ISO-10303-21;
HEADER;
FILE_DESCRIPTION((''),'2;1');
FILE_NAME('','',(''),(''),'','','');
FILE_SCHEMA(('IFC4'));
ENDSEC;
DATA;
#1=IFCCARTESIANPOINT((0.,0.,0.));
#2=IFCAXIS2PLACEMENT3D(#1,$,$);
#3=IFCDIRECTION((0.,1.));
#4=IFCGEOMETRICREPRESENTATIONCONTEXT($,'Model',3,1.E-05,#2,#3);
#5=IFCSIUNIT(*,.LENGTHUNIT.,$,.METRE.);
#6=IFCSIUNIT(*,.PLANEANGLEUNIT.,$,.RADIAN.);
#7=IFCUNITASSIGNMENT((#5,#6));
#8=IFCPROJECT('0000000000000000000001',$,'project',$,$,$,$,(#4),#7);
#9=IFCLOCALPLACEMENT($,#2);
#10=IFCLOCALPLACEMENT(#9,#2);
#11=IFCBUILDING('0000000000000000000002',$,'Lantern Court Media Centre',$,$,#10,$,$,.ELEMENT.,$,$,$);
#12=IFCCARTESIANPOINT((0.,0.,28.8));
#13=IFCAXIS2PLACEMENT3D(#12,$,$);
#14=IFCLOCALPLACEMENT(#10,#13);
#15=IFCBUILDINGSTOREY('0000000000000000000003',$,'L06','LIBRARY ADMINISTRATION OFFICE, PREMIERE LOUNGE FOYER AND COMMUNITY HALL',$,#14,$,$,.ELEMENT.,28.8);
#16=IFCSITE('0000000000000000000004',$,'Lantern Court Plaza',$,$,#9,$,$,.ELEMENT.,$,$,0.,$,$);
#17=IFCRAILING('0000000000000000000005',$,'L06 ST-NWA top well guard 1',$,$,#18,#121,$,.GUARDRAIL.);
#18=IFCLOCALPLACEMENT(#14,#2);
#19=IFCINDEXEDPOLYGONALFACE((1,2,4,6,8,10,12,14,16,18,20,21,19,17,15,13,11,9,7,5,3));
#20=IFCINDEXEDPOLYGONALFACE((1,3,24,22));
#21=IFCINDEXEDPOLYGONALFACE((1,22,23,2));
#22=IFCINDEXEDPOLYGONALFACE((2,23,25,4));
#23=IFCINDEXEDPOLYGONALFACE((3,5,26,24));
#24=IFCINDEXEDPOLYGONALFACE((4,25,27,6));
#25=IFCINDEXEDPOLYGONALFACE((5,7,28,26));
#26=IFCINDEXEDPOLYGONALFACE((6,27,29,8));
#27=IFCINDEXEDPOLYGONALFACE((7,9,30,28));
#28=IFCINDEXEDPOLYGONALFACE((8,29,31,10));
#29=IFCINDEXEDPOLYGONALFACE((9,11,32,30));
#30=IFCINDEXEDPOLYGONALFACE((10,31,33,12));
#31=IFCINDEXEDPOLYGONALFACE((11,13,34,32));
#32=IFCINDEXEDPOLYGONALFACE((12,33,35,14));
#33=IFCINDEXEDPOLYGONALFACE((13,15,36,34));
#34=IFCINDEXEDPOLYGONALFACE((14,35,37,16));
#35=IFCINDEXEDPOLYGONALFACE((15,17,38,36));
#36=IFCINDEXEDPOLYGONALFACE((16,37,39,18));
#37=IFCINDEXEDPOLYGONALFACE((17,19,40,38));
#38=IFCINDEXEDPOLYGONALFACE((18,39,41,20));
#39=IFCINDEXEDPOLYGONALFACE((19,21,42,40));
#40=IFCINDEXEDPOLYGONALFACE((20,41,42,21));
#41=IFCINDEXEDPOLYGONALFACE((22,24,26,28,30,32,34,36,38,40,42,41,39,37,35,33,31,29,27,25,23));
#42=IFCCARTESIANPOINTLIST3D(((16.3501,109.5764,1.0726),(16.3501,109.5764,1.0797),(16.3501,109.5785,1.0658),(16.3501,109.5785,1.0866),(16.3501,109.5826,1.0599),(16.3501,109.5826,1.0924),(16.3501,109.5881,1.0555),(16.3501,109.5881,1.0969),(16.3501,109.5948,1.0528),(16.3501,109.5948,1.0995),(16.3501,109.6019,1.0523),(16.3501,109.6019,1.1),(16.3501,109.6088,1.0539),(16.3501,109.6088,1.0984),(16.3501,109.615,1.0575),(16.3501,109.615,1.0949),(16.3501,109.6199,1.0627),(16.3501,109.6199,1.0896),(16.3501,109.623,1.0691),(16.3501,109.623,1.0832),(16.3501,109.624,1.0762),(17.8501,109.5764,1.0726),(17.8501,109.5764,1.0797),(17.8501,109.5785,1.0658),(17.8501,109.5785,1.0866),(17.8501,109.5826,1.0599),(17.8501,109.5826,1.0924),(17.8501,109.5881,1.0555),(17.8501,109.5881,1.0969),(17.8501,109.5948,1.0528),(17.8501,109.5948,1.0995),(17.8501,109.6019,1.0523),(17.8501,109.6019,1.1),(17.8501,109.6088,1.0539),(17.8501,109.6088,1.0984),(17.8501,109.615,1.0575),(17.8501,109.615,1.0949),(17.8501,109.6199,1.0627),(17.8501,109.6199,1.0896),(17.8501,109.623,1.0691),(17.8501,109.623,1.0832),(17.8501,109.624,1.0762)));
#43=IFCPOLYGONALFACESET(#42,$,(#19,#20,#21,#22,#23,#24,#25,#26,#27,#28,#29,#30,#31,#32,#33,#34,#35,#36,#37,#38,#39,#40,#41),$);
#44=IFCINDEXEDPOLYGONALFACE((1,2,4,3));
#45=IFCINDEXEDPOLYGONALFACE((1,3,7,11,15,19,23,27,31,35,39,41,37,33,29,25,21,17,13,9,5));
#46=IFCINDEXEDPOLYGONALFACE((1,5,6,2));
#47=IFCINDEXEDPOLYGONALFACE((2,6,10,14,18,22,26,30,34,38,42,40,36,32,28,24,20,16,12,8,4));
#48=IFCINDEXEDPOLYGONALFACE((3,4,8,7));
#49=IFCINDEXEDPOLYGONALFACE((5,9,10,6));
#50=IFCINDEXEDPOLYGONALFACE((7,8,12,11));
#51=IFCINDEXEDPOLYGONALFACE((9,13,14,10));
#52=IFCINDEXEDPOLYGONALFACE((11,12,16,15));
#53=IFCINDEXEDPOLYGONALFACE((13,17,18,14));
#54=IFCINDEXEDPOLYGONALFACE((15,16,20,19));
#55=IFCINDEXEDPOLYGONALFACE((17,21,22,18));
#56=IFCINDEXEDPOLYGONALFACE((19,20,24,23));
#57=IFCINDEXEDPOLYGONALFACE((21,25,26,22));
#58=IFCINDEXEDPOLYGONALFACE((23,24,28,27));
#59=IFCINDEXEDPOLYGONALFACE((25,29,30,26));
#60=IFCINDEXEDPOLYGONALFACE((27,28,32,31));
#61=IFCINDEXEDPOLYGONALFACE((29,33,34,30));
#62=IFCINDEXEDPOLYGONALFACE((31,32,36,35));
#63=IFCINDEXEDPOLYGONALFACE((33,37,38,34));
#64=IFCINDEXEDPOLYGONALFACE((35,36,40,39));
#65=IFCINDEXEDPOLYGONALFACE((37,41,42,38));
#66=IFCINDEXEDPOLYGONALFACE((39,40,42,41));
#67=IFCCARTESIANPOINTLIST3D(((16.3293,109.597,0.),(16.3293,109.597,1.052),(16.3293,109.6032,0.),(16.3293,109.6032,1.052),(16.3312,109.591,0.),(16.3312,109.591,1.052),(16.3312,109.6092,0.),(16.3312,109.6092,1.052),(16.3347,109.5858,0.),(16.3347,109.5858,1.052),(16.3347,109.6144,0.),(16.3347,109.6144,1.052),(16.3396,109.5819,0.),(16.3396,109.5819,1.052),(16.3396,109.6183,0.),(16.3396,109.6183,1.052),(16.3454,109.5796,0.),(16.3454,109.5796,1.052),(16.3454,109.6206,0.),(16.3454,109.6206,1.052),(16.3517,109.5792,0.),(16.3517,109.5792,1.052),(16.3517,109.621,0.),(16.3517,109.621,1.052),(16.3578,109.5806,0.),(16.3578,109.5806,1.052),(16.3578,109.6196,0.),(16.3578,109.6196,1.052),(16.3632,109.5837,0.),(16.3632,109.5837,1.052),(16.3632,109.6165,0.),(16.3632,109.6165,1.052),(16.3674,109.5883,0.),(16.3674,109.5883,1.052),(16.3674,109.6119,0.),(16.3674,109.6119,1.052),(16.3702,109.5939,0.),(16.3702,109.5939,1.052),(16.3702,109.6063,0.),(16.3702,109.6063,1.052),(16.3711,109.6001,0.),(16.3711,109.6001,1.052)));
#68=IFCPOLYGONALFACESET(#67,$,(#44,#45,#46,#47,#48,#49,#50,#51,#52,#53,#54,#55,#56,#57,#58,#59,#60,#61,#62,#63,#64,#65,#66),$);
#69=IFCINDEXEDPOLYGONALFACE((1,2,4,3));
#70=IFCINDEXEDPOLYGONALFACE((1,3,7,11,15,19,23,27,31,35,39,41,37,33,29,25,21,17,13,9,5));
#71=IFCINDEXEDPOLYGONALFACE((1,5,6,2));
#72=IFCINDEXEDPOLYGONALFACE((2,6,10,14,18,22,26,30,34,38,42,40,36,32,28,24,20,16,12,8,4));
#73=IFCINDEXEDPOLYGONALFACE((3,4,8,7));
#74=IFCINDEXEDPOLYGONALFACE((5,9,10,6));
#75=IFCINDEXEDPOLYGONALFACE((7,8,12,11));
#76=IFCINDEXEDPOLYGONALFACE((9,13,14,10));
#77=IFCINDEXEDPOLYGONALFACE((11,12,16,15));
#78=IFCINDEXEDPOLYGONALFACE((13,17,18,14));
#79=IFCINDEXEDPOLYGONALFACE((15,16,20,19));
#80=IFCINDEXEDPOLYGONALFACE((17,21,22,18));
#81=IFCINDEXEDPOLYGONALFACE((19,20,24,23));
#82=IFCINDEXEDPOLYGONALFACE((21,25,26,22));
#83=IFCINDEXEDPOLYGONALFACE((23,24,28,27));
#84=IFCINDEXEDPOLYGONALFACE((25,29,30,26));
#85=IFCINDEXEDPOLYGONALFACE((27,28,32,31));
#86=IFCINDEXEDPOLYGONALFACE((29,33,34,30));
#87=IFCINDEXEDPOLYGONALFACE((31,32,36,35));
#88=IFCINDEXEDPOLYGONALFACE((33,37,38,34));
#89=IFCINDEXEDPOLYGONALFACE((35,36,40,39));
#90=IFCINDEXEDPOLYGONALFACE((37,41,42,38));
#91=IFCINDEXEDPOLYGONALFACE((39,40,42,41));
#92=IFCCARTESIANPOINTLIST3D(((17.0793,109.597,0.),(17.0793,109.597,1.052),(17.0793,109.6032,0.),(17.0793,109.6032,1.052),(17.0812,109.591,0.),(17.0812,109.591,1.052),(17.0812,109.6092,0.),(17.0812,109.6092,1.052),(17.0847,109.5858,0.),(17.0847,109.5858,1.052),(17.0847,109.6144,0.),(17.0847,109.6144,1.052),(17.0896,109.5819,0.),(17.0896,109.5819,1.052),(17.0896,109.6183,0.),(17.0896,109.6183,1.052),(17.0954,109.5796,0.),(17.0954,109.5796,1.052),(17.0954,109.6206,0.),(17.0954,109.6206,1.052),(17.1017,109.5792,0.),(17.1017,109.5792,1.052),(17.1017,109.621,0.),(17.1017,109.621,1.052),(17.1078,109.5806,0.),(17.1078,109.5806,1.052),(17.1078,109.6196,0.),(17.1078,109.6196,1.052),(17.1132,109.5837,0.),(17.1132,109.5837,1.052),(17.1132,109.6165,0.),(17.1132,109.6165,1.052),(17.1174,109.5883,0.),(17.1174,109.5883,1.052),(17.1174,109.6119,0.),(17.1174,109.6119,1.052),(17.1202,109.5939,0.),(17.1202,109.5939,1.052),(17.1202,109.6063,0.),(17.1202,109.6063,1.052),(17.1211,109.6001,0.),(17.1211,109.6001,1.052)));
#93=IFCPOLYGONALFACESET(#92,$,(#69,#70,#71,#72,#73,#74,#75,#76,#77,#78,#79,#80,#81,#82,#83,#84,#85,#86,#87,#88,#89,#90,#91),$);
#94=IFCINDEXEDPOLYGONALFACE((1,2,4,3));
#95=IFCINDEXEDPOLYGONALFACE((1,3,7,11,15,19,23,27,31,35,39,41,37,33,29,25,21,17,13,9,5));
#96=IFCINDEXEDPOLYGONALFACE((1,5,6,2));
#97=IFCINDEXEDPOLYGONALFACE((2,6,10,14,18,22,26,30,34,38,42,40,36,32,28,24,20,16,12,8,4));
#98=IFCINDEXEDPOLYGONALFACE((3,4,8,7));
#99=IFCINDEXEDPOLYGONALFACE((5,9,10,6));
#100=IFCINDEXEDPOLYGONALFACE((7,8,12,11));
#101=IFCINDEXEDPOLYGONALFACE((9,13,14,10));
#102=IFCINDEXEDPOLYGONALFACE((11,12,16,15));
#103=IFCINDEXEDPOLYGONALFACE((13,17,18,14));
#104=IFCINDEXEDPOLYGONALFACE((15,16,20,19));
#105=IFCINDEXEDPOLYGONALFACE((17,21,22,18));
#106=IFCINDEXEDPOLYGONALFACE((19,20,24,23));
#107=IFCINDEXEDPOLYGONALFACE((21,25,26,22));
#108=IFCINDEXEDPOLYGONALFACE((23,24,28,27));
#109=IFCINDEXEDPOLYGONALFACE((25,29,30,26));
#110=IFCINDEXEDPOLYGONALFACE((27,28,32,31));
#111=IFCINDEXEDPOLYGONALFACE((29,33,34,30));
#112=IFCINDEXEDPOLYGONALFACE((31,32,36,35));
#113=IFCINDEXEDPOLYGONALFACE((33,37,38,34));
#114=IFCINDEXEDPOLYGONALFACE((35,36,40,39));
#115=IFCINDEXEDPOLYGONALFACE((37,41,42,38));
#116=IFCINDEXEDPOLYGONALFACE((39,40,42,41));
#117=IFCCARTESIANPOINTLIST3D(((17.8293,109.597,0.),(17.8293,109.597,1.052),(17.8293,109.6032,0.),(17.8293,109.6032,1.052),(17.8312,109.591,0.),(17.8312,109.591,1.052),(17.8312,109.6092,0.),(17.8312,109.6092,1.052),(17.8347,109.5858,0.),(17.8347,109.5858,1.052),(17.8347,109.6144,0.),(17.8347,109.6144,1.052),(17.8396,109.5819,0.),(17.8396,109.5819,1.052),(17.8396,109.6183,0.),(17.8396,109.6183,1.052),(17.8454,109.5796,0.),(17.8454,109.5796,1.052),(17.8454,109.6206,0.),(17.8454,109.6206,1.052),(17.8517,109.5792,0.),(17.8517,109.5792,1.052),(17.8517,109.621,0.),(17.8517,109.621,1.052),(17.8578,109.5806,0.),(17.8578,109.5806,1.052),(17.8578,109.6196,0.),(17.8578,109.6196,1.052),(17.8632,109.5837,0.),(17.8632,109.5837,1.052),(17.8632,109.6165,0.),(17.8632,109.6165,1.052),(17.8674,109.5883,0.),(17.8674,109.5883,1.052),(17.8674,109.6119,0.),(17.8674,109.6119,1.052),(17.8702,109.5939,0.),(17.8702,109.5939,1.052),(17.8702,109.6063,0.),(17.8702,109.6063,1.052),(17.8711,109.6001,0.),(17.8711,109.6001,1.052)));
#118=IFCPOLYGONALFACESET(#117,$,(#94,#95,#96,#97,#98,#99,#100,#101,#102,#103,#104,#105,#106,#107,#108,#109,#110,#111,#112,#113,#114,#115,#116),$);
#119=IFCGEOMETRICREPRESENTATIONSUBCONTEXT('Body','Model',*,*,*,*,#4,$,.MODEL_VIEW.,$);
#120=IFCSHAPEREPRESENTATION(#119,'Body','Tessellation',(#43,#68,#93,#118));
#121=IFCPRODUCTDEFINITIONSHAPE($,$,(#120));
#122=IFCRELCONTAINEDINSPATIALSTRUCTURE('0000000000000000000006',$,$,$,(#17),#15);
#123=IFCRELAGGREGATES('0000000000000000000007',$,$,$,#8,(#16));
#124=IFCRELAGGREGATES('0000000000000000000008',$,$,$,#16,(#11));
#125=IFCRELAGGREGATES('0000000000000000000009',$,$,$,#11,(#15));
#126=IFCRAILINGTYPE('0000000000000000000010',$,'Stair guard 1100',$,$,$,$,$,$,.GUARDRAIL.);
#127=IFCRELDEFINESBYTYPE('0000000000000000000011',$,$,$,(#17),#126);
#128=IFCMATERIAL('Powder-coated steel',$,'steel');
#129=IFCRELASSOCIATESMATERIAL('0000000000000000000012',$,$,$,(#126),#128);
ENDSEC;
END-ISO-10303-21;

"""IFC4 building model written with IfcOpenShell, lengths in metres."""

from ifc_helpers import new_model, si_unit, direction, frame, origin, origin_2d, place, context, subcontext, project, spatial, circle, extrude, material, type_object, element, save


model = new_model("IFC4")

# Units and contexts
model_context = context("Model", 3, precision=1e-05, world=origin(), true_north=direction((0.0, 1.0)))
body_context = subcontext(model_context, "Body", "Model", "MODEL_VIEW")
ifc_project = project(units=[si_unit("LENGTHUNIT", "METRE"), si_unit("PLANEANGLEUNIT", "RADIAN")], contexts=[model_context])

# Site, building, storey
site_placement = place(None, origin())
site = spatial("IfcSite", under=ifc_project, at=site_placement, Name="Lantern Court Plaza", CompositionType="ELEMENT", RefElevation=0.0)
building_placement = place(site_placement, origin())
building = spatial("IfcBuilding", under=site, at=building_placement, Name="Lantern Court Media Centre", CompositionType="ELEMENT")
storey_placement = place(building_placement, frame((0.0, 0.0, 28.8)))
storey = spatial("IfcBuildingStorey", under=building, at=storey_placement, Name="L06", Description="LIBRARY ADMINISTRATION OFFICE, PREMIERE LOUNGE FOYER AND COMMUNITY HALL", CompositionType="ELEMENT", Elevation=28.8)

# Shared definitions
ifc_material_1 = material(Name="Powder-coated steel", Category="steel")

# Railing
railing_type_1 = type_object("IfcRailingType", Name="Stair guard 1100", PredefinedType="GUARDRAIL", material=ifc_material_1)
railing_1_placement = place(storey_placement, frame((16.3501, 109.6001, 0.0)))
element("IfcRailing", 1, at=railing_1_placement, inside=storey, type_object=railing_type_1, Name="L06 ST-NWA top well guard 1", PredefinedType="GUARDRAIL", context=body_context, shape_type="SweptSolid", body=[
    extrude(circle(Radius=0.0239, at=origin_2d()), frame((0.0, 0.0, 1.0762), z_axis=(1.0, 0.0, 0.0), x_axis=(0.0, 1.0, 0.0)), (0.0, 0.0, 1.0), 1.5),
    extrude(circle(Radius=0.021, at=origin_2d()), origin(), (0.0, 0.0, 1.0), 1.052),
    extrude(circle(Radius=0.021, at=origin_2d()), frame((0.75, 0.0, 0.0)), (0.0, 0.0, 1.0), 1.052),
    extrude(circle(Radius=0.021, at=origin_2d()), frame((1.5, 0.0, 0.0)), (0.0, 0.0, 1.0), 1.052),
])

save(model, "model.ifc")
